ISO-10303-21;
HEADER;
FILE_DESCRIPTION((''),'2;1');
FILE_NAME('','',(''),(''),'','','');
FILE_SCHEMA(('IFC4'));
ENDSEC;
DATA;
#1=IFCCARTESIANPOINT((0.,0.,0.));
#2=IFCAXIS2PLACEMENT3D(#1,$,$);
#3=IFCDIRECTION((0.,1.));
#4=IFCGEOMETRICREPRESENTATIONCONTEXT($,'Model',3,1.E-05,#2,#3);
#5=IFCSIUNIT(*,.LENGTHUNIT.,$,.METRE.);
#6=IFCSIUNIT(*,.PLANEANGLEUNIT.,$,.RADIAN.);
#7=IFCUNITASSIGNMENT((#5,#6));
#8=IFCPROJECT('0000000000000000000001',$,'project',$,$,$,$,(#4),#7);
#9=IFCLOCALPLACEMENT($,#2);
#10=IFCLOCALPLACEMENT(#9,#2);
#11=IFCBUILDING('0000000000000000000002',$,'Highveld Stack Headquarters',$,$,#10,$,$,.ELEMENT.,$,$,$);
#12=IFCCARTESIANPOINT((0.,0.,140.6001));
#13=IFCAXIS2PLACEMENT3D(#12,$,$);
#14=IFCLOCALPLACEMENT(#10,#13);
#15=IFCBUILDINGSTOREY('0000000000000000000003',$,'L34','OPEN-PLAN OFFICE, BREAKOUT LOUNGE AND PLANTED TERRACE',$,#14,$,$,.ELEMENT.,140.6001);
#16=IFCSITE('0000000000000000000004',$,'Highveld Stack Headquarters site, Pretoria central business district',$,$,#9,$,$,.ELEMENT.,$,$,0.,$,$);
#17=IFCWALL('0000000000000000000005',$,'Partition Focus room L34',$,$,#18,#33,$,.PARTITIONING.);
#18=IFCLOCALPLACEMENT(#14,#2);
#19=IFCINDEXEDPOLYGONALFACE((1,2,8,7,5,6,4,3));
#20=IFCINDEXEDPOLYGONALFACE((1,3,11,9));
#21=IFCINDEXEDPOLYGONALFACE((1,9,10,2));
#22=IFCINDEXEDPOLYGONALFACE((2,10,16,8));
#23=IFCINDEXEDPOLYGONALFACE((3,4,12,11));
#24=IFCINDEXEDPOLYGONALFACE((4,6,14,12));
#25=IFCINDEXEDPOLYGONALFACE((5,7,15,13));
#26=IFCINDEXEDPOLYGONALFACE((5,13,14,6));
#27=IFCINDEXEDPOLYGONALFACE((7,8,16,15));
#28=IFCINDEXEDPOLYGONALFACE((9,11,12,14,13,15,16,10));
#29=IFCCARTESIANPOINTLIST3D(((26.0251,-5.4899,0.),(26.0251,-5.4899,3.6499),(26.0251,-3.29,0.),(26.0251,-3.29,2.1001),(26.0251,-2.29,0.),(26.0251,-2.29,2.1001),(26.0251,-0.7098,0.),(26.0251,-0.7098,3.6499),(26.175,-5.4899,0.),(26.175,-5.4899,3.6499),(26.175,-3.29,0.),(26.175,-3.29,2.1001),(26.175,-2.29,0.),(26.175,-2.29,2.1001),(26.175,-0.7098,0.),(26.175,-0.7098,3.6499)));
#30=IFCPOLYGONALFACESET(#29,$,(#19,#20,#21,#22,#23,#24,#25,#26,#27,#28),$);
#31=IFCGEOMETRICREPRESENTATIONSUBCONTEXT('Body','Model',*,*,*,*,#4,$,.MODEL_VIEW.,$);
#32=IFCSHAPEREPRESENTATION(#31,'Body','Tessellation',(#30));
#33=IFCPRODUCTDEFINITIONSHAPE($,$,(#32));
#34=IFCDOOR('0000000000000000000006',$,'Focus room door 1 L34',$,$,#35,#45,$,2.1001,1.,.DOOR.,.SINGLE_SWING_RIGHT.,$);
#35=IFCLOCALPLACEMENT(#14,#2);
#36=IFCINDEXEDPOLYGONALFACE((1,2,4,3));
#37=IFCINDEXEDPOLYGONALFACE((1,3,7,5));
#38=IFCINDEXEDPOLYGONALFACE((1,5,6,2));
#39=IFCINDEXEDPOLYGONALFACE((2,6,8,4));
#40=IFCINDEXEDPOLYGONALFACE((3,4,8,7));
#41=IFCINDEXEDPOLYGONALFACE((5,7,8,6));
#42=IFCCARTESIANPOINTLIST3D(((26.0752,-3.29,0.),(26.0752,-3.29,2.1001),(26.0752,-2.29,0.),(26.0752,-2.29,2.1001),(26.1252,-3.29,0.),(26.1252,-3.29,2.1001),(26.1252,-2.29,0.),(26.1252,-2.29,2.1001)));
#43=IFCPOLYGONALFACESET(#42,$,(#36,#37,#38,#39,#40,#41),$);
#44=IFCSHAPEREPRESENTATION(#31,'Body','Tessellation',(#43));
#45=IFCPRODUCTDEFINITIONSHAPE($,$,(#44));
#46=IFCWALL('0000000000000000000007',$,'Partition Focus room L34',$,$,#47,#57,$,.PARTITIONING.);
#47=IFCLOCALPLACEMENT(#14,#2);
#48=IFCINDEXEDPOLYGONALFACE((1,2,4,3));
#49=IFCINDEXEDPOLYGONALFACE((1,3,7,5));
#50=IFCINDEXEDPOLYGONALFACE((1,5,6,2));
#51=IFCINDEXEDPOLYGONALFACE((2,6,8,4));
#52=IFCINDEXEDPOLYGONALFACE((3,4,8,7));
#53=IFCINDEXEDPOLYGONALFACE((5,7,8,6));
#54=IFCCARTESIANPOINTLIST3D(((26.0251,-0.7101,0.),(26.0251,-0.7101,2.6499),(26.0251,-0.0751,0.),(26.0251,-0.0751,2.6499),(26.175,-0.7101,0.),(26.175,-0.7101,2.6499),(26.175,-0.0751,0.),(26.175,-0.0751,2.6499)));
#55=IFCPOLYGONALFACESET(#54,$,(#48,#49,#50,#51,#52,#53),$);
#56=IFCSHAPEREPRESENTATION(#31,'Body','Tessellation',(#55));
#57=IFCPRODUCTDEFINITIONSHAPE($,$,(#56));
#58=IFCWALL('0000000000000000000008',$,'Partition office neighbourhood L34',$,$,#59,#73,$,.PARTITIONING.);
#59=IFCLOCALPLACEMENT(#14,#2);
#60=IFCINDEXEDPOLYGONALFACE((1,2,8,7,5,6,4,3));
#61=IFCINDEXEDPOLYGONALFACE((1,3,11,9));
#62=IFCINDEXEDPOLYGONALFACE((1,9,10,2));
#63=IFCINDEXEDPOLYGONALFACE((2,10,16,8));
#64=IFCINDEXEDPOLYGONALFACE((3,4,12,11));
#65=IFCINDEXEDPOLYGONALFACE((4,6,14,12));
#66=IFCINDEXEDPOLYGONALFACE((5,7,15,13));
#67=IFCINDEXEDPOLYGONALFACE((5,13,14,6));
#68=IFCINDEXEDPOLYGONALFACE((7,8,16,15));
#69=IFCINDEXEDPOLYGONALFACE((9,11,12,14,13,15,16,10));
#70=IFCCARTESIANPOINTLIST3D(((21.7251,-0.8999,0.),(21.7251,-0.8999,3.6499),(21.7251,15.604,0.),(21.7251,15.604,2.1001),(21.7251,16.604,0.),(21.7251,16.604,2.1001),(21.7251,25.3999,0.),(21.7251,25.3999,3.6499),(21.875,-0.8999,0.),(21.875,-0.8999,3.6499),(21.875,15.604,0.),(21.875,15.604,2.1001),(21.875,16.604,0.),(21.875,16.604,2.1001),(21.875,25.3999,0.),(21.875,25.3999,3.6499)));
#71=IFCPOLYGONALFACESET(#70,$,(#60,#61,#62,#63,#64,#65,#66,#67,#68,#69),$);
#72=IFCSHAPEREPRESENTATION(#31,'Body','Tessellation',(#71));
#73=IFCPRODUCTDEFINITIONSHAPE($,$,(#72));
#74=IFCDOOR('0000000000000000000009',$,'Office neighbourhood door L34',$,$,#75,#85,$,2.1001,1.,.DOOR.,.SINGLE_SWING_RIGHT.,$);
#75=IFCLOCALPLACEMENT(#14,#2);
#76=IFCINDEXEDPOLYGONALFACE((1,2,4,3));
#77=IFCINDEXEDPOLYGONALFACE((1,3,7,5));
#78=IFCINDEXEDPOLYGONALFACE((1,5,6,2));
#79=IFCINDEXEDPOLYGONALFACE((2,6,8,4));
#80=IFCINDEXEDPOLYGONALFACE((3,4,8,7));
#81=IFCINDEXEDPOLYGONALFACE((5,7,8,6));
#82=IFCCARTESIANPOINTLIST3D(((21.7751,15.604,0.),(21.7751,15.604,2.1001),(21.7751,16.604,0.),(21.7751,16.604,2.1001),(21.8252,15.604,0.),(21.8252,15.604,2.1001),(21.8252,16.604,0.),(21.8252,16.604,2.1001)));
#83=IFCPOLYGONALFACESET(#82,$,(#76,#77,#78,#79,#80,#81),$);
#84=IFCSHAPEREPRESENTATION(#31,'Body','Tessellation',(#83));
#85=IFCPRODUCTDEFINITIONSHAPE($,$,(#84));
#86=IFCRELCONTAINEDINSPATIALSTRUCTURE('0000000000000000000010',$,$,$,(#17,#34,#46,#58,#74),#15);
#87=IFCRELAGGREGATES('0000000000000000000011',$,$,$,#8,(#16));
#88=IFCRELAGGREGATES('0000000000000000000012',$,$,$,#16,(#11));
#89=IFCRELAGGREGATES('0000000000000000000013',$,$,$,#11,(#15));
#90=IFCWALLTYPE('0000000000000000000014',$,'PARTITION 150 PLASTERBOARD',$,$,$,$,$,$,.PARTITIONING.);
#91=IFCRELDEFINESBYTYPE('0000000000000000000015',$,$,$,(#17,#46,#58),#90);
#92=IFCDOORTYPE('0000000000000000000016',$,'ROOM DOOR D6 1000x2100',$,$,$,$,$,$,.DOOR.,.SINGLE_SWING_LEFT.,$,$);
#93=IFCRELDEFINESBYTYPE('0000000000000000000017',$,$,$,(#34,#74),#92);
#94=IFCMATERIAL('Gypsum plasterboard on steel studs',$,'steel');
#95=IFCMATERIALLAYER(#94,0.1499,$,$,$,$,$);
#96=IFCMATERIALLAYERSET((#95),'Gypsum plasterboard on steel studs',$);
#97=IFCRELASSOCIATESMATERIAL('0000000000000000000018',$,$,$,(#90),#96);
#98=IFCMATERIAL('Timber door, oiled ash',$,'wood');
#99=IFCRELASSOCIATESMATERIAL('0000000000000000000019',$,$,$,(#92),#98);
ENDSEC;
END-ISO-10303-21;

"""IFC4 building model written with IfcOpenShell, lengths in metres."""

from ifc_helpers import new_model, si_unit, direction, frame, frame_2d, origin, place, context, subcontext, project, spatial, rectangle, extrude, material, layer, layer_set, type_object, element, fill, save


model = new_model("IFC4")

# Units and contexts
model_context = context("Model", 3, precision=1e-05, world=origin(), true_north=direction((0.0, 1.0)))
body_context = subcontext(model_context, "Body", "Model", "MODEL_VIEW")
ifc_project = project(units=[si_unit("LENGTHUNIT", "METRE"), si_unit("PLANEANGLEUNIT", "RADIAN")], contexts=[model_context])

# Site, building, storey
site_placement = place(None, origin())
site = spatial("IfcSite", under=ifc_project, at=site_placement, Name="Highveld Stack Headquarters site, Pretoria central business district", CompositionType="ELEMENT", RefElevation=0.0)
building_placement = place(site_placement, origin())
building = spatial("IfcBuilding", under=site, at=building_placement, Name="Highveld Stack Headquarters", CompositionType="ELEMENT")
storey_placement = place(building_placement, frame((0.0, 0.0, 140.6001)))
storey = spatial("IfcBuildingStorey", under=building, at=storey_placement, Name="L34", Description="OPEN-PLAN OFFICE, BREAKOUT LOUNGE AND PLANTED TERRACE", CompositionType="ELEMENT", Elevation=140.6001)

# Shared definitions
ifc_material_1 = material(Name="Gypsum plasterboard on steel studs", Category="steel")
ifc_layer_1 = layer(ifc_material_1, 0.1499)
ifc_layer_set_1 = layer_set([ifc_layer_1], Name="Gypsum plasterboard on steel studs")
wall_type = type_object("IfcWallType", Name="PARTITION 150 PLASTERBOARD", PredefinedType="PARTITIONING", material=ifc_layer_set_1)

# Shared definitions
ifc_material_2 = material(Name="Timber door, oiled ash", Category="wood")
door_type = type_object("IfcDoorType", Name="ROOM DOOR D6 1000x2100", OperationType="SINGLE_SWING_LEFT", PredefinedType="DOOR", material=ifc_material_2)

# Wall, opening, door
wall_1_placement = place(storey_placement, frame((26.1001, -5.49, 0.0), z_axis=(0.0, 0.0, 1.0), x_axis=(0.0, 1.0, 0.0)))
wall_1 = element("IfcWall", 1, at=wall_1_placement, inside=storey, type_object=wall_type, Name="Partition Focus room L34", PredefinedType="PARTITIONING", context=body_context, shape_type="SweptSolid", body=[
    extrude(rectangle(XDim=4.78, YDim=0.1499, at=frame_2d((2.3901, 0.0))), origin(), (0.0, 0.0, 1.0), 3.6499),
])
opening_1_placement = place(wall_1_placement, frame((2.2, 0.0, 0.0)))
opening_1 = element("IfcOpeningElement", 2, at=opening_1_placement, cuts=wall_1, PredefinedType="OPENING", context=body_context, shape_type="SweptSolid", body=[
    extrude(rectangle(XDim=1.0, YDim=2.1001, at=frame_2d((0.5, 1.05))), frame((0.0, 0.085, 0.0), z_axis=(0.0, -1.0, 0.0), x_axis=(1.0, 0.0, 0.0)), (0.0, 0.0, 1.0), 0.1699),
])
door_1_placement = place(opening_1_placement, origin())
door_1 = element("IfcDoor", 3, at=door_1_placement, inside=storey, type_object=door_type, Name="Focus room door 1 L34", OperationType="SINGLE_SWING_RIGHT", OverallHeight=2.1001, OverallWidth=1.0, PredefinedType="DOOR", context=body_context, shape_type="SweptSolid", body=[
    extrude(rectangle(XDim=1.0, YDim=2.1001, at=frame_2d((0.5, 1.05))), frame((0.0, 0.0249, 0.0), z_axis=(0.0, -1.0, 0.0), x_axis=(1.0, 0.0, 0.0)), (0.0, 0.0, 1.0), 0.05),
])
fill(opening_1, door_1)

# Wall
wall_2_placement = place(storey_placement, frame((26.1001, -0.71, 0.0), z_axis=(0.0, 0.0, 1.0), x_axis=(0.0, 1.0, 0.0)))
element("IfcWall", 4, at=wall_2_placement, inside=storey, type_object=wall_type, Name="Partition Focus room L34", PredefinedType="PARTITIONING", context=body_context, shape_type="SweptSolid", body=[
    extrude(rectangle(XDim=0.635, YDim=0.1499, at=frame_2d((0.3174, 0.0))), origin(), (0.0, 0.0, 1.0), 2.6499),
])

# Wall, opening, door
wall_3_placement = place(storey_placement, frame((21.8, -0.8999, 0.0), z_axis=(0.0, 0.0, 1.0), x_axis=(0.0, 1.0, 0.0)))
wall_3 = element("IfcWall", 5, at=wall_3_placement, inside=storey, type_object=wall_type, Name="Partition office neighbourhood L34", PredefinedType="PARTITIONING", context=body_context, shape_type="SweptSolid", body=[
    extrude(rectangle(XDim=26.2998, YDim=0.1499, at=frame_2d((13.1499, 0.0))), origin(), (0.0, 0.0, 1.0), 3.6499),
])
opening_2_placement = place(wall_3_placement, frame((16.5039, 0.0, 0.0)))
opening_2 = element("IfcOpeningElement", 6, at=opening_2_placement, cuts=wall_3, PredefinedType="OPENING", context=body_context, shape_type="SweptSolid", body=[
    extrude(rectangle(XDim=1.0, YDim=2.1001, at=frame_2d((0.5, 1.05))), frame((0.0, 0.085, 0.0), z_axis=(0.0, -1.0, 0.0), x_axis=(1.0, 0.0, 0.0)), (0.0, 0.0, 1.0), 0.1699),
])
door_2_placement = place(opening_2_placement, origin())
door_2 = element("IfcDoor", 7, at=door_2_placement, inside=storey, type_object=door_type, Name="Office neighbourhood door L34", OperationType="SINGLE_SWING_RIGHT", OverallHeight=2.1001, OverallWidth=1.0, PredefinedType="DOOR", context=body_context, shape_type="SweptSolid", body=[
    extrude(rectangle(XDim=1.0, YDim=2.1001, at=frame_2d((0.5, 1.05))), frame((0.0, 0.0249, 0.0), z_axis=(0.0, -1.0, 0.0), x_axis=(1.0, 0.0, 0.0)), (0.0, 0.0, 1.0), 0.05),
])
fill(opening_2, door_2)

save(model, "model.ifc")
